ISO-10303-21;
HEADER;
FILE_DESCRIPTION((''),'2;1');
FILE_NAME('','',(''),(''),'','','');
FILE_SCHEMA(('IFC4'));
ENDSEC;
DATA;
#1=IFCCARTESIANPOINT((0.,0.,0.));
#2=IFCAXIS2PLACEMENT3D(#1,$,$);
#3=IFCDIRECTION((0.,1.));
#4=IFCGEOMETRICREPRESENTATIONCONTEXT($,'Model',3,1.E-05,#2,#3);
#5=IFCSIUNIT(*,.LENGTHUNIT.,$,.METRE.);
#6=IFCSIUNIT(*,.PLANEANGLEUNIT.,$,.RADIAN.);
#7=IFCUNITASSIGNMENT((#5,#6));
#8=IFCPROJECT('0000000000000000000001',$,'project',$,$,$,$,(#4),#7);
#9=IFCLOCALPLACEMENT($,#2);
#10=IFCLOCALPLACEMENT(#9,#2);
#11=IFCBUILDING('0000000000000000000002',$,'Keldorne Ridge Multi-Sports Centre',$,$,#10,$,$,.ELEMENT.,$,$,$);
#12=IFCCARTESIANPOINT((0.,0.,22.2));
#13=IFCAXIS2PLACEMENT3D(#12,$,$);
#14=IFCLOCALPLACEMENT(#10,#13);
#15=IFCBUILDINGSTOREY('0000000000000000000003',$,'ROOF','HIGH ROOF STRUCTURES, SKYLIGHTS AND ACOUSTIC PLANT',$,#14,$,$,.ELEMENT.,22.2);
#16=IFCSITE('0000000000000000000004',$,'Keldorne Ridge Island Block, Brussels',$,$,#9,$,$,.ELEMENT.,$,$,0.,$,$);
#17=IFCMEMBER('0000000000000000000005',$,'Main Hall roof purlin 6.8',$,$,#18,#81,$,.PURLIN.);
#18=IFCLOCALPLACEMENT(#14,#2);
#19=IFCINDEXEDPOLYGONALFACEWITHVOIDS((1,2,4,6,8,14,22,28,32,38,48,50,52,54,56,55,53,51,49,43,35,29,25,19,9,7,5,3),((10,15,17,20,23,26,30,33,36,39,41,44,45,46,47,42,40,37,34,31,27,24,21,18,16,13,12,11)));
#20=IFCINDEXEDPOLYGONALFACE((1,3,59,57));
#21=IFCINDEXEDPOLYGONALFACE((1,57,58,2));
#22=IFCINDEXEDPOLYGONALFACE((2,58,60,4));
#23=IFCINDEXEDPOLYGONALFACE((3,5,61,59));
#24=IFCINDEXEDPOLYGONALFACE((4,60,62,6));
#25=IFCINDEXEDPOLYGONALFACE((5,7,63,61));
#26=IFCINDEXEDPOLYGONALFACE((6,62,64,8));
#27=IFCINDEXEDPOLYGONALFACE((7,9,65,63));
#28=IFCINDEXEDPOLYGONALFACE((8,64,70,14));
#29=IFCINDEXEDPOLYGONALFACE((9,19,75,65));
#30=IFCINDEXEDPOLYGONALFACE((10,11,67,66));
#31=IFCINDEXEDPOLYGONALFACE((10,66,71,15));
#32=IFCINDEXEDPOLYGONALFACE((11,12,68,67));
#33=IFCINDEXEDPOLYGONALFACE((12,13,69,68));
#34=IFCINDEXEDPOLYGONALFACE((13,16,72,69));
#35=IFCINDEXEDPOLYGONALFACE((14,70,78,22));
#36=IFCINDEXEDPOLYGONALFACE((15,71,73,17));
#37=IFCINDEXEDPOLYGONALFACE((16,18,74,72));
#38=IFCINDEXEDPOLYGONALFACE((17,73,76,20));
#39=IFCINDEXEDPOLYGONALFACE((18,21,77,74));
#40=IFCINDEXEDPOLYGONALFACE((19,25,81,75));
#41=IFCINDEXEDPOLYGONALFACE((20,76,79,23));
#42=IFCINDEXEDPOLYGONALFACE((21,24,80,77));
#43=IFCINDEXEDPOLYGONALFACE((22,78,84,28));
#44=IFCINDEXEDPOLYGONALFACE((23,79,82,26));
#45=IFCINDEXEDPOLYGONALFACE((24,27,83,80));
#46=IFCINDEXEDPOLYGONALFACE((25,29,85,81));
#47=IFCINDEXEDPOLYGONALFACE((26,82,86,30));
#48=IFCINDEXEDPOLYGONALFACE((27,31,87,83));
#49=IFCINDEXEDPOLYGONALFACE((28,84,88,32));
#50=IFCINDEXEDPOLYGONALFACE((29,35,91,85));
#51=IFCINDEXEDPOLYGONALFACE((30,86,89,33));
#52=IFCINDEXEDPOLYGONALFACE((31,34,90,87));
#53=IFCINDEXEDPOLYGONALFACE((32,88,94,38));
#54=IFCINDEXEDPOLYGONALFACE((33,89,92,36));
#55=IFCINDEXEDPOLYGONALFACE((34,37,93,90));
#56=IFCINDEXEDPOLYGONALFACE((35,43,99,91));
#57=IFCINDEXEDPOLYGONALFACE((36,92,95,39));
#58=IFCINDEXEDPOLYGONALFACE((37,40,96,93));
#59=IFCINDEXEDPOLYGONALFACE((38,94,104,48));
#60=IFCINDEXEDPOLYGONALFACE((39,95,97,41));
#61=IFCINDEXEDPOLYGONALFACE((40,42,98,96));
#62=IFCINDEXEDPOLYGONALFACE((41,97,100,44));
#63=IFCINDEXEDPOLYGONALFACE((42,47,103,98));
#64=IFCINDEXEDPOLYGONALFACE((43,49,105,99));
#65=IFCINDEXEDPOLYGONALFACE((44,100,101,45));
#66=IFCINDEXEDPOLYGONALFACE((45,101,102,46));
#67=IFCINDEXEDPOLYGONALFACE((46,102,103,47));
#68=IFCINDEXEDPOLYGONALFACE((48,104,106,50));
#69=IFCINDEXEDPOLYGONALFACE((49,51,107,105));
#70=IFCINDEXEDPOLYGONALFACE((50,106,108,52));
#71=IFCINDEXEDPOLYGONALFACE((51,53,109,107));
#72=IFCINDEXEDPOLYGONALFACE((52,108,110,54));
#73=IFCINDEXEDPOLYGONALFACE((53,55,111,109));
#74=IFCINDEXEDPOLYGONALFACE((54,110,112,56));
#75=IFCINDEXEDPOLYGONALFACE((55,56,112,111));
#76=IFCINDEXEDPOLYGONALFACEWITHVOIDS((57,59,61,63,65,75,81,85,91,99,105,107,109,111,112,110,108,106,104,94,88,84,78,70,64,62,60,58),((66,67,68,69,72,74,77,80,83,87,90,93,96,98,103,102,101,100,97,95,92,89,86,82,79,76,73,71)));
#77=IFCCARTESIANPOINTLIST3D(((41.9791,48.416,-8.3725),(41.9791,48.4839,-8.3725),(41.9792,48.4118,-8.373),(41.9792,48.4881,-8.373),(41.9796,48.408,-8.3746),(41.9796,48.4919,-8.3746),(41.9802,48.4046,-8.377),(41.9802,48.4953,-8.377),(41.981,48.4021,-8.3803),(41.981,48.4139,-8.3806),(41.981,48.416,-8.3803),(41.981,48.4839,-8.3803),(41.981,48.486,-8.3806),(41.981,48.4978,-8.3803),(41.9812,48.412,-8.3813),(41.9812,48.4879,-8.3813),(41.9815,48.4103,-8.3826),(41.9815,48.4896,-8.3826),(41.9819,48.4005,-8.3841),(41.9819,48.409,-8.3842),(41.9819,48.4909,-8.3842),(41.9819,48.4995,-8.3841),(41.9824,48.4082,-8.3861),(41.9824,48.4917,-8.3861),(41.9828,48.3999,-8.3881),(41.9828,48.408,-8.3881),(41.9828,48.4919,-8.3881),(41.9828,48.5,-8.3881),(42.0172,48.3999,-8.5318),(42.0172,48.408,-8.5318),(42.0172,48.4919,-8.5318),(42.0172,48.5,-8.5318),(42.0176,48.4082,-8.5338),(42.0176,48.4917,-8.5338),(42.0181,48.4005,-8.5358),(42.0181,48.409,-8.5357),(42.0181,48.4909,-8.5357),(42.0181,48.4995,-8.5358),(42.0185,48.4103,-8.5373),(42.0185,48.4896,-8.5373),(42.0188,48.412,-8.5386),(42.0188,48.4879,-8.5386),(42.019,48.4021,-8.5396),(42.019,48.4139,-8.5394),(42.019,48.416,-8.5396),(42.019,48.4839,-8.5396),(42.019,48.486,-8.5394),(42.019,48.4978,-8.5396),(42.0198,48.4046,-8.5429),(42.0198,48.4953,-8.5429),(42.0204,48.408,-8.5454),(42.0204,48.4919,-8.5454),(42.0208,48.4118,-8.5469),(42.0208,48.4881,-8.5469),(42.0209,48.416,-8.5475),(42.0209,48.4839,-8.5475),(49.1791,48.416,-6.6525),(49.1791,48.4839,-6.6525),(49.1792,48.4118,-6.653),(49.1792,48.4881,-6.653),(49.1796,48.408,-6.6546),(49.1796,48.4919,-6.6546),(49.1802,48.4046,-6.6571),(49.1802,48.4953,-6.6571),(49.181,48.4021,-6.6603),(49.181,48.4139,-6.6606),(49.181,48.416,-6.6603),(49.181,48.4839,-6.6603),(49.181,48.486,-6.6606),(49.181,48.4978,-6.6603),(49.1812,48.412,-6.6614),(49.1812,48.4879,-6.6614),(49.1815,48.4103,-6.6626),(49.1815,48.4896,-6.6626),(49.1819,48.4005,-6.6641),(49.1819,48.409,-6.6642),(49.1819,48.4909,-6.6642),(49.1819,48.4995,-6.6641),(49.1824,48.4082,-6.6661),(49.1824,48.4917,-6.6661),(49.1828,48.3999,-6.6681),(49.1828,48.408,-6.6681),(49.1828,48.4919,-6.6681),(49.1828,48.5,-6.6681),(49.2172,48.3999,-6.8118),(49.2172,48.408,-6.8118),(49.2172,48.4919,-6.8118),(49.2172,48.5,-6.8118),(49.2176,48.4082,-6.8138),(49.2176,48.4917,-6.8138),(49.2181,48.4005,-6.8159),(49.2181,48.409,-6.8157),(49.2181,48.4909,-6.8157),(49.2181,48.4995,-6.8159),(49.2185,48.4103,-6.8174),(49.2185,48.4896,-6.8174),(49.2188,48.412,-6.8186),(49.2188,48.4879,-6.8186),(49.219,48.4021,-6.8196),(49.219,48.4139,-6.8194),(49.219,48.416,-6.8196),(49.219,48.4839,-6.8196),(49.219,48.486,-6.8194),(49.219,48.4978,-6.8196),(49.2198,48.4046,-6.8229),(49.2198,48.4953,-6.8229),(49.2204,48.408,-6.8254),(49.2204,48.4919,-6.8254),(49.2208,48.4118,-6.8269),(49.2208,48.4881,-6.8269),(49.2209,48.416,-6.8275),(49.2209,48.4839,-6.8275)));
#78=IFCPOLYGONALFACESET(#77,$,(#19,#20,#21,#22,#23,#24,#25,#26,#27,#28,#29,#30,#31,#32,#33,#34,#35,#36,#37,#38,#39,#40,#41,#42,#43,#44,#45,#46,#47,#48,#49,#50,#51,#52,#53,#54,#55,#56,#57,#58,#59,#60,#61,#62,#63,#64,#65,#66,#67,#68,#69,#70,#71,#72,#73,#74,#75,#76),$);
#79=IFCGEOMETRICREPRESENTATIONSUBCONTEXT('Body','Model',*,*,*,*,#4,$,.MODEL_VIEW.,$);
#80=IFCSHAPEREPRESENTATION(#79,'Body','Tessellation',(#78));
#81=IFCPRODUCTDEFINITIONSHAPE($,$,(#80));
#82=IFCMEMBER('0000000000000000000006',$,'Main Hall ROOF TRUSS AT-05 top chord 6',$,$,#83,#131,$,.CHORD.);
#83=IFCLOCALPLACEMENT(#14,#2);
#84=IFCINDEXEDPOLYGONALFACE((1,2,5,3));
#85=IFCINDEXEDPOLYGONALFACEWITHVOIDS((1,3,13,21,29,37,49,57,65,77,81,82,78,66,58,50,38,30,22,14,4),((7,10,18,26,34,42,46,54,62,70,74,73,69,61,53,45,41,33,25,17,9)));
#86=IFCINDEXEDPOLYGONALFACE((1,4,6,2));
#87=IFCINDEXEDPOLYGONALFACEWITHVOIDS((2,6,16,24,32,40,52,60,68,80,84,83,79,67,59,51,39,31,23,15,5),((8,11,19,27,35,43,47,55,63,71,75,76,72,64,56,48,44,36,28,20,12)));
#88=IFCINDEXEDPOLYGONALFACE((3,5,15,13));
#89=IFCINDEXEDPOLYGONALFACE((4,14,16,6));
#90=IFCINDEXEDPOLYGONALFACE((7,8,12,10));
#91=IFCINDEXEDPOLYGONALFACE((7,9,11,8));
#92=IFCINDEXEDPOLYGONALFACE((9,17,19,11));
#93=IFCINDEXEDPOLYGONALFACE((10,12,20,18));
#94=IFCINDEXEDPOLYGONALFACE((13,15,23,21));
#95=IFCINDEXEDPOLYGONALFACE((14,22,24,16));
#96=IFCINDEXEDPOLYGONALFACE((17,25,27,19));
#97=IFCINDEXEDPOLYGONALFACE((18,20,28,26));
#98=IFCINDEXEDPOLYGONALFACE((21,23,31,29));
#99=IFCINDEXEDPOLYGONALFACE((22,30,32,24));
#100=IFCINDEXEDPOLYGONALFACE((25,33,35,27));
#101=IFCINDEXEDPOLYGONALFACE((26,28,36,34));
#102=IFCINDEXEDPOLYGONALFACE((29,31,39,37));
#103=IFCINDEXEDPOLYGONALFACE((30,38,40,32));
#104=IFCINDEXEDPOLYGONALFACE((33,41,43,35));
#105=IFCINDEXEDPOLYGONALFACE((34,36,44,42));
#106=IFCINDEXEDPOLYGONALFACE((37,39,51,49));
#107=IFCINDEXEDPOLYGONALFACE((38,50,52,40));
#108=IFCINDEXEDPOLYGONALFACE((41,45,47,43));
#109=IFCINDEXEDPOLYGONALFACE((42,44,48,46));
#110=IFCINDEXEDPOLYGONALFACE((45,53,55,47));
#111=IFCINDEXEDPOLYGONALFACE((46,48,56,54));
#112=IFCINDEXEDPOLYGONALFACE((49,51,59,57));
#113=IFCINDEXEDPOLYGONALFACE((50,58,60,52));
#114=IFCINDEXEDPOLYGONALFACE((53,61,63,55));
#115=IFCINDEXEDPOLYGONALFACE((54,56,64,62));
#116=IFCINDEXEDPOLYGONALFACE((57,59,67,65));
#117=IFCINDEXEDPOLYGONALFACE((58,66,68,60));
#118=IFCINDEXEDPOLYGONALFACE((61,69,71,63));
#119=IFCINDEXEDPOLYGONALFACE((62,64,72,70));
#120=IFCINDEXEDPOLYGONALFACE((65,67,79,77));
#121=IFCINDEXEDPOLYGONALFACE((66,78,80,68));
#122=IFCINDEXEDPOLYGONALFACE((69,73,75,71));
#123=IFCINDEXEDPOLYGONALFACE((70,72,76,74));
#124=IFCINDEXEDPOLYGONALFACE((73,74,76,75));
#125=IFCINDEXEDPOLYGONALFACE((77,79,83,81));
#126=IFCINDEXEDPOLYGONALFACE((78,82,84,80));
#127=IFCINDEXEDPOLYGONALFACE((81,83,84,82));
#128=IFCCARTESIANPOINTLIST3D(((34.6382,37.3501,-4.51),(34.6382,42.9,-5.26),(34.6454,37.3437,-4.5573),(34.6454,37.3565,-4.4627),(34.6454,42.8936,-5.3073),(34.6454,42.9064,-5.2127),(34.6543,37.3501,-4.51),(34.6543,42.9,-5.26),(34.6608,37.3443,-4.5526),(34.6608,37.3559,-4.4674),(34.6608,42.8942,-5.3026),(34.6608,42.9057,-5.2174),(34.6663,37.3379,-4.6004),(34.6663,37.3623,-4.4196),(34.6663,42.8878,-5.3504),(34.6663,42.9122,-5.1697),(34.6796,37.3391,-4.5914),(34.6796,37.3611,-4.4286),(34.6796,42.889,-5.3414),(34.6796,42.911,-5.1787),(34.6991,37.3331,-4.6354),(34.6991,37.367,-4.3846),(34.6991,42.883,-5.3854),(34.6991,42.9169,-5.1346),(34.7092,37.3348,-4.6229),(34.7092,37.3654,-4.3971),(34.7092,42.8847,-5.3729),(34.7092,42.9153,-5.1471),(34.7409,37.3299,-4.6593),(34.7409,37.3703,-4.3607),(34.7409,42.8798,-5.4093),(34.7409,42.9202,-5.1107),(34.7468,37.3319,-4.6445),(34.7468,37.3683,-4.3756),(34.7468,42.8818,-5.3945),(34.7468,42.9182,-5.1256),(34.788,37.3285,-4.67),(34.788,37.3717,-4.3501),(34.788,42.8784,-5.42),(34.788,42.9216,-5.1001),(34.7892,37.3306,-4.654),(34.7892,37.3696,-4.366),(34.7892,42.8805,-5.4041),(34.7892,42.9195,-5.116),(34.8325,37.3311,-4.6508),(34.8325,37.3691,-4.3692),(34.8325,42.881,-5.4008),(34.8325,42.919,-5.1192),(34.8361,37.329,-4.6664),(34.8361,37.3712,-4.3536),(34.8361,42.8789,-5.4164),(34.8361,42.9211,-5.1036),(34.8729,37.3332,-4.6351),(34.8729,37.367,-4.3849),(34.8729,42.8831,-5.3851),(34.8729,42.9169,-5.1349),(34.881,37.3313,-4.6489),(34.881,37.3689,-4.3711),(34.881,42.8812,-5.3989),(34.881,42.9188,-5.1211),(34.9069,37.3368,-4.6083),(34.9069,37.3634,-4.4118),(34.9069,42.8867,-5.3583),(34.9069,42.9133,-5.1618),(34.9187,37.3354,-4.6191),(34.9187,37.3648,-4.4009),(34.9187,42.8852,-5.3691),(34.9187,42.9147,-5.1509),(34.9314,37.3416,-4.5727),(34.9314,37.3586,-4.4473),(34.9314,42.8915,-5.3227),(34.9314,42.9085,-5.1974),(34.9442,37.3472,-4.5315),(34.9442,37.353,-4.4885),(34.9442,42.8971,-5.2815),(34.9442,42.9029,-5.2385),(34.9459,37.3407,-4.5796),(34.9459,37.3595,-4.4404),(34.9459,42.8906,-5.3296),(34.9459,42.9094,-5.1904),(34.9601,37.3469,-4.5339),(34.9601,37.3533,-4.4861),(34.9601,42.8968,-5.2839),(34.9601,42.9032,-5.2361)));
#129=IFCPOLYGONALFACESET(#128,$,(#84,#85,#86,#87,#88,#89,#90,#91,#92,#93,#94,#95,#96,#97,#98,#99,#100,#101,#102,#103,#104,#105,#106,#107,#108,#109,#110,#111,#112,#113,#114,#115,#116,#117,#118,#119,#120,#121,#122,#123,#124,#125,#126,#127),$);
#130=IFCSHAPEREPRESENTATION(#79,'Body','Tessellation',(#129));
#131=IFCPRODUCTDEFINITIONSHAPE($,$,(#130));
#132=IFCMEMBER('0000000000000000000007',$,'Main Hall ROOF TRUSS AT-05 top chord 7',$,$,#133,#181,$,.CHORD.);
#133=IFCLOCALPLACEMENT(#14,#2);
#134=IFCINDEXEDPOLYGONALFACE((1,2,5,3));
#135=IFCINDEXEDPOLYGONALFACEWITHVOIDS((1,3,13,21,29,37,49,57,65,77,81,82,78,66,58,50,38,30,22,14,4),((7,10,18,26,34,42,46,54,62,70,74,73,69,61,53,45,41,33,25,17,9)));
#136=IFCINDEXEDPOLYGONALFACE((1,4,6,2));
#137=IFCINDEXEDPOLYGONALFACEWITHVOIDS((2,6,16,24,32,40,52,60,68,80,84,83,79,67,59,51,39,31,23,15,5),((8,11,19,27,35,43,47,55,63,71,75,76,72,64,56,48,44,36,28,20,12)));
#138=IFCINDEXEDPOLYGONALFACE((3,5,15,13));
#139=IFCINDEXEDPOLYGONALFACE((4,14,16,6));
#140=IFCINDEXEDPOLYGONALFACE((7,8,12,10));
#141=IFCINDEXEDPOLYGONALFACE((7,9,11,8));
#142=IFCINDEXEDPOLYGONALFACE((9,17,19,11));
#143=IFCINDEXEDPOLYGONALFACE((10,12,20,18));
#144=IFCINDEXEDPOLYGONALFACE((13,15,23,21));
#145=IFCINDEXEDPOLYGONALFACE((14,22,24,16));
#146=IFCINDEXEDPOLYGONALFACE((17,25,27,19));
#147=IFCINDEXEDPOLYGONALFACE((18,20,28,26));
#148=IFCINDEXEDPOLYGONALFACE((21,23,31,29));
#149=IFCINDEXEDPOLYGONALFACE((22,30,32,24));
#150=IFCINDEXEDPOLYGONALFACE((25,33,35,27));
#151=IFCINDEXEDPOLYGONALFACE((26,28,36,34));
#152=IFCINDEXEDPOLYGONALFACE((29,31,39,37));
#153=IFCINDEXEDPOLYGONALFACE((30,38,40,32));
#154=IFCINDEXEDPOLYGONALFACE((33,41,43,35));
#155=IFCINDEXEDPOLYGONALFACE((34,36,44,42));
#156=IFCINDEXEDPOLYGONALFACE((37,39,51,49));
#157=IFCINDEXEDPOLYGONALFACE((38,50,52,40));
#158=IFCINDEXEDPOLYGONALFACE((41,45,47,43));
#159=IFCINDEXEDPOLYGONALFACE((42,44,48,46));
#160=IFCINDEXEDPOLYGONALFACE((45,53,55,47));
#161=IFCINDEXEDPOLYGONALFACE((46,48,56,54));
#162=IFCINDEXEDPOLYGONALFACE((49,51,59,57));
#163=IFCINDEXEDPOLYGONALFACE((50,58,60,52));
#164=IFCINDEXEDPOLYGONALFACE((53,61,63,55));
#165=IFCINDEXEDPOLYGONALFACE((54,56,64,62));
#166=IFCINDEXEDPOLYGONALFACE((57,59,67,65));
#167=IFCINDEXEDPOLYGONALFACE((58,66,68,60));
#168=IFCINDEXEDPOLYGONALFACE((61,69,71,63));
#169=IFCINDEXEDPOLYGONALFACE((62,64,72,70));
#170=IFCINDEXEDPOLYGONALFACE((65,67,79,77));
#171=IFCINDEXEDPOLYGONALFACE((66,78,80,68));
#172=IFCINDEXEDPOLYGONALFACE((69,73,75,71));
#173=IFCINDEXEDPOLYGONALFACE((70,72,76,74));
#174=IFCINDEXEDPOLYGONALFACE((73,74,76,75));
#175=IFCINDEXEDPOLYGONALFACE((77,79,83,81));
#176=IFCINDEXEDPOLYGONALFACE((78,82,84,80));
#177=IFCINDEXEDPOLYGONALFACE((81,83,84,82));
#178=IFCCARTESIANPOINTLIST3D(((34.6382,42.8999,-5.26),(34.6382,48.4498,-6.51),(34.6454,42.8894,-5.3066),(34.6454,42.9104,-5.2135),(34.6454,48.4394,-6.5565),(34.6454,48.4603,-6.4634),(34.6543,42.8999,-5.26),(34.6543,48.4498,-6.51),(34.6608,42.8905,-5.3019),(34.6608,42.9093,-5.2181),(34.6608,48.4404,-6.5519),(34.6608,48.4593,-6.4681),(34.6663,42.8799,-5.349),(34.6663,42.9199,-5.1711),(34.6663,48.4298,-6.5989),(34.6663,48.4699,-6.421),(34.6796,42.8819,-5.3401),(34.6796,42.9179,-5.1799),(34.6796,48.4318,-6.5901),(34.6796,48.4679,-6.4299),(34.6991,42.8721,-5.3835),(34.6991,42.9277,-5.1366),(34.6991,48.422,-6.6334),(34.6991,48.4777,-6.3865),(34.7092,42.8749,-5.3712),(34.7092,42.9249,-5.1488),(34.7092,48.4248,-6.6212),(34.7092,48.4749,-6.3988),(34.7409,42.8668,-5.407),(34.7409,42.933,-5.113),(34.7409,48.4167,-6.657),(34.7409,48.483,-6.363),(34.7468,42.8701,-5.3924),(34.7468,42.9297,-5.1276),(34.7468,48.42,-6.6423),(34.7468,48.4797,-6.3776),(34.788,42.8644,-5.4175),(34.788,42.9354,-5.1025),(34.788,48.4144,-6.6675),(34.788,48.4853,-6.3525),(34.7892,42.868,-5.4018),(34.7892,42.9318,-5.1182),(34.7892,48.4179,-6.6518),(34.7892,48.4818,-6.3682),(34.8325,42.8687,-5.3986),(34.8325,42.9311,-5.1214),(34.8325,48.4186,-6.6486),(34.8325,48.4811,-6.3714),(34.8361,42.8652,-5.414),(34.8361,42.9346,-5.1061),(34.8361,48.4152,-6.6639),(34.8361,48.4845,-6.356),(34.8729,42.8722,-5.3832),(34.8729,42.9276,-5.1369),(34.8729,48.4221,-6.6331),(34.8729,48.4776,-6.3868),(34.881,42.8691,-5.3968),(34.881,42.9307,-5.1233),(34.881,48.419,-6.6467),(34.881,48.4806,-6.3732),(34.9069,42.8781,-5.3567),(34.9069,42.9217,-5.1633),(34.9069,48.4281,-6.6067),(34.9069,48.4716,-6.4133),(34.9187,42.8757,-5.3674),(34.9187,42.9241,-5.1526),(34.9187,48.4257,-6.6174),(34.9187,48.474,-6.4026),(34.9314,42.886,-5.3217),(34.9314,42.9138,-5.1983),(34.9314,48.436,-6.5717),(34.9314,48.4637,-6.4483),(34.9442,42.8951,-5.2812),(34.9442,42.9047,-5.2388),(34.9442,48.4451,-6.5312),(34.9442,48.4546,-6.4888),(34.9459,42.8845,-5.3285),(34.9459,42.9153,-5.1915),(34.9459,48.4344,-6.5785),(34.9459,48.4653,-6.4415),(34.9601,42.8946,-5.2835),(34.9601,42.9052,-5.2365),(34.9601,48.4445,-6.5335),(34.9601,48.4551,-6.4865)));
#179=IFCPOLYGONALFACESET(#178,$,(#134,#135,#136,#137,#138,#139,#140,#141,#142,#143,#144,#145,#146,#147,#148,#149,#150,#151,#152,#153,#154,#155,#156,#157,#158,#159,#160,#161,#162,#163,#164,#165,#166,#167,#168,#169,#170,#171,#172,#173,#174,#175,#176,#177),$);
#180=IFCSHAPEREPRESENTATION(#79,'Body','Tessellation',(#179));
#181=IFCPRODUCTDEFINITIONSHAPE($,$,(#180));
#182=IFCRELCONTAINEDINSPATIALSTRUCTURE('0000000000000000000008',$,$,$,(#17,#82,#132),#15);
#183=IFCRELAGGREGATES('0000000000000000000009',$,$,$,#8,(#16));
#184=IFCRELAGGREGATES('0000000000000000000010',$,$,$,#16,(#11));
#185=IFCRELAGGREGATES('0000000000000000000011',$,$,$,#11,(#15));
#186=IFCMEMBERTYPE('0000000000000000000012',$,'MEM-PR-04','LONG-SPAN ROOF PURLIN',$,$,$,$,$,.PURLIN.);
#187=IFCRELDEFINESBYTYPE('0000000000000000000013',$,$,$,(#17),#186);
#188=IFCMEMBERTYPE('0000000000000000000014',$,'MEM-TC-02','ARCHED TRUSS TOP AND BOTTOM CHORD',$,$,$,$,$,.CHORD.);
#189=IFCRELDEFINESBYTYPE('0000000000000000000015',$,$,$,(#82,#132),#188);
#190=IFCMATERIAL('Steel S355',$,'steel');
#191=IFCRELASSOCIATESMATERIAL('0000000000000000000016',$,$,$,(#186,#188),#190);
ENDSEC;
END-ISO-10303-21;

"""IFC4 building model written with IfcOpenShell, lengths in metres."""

from ifc_helpers import new_model, si_unit, direction, frame, origin, origin_2d, place, context, subcontext, project, spatial, hollow_rectangle, hollow_circle, extrude, material, material_profile, profile_set, type_object, element, save


model = new_model("IFC4")

# Units and contexts
model_context = context("Model", 3, precision=1e-05, world=origin(), true_north=direction((0.0, 1.0)))
body_context = subcontext(model_context, "Body", "Model", "MODEL_VIEW")
ifc_project = project(units=[si_unit("LENGTHUNIT", "METRE"), si_unit("PLANEANGLEUNIT", "RADIAN")], contexts=[model_context])

# Site, building, storey
site_placement = place(None, origin())
site = spatial("IfcSite", under=ifc_project, at=site_placement, Name="Keldorne Ridge Island Block, Brussels", CompositionType="ELEMENT", RefElevation=0.0)
building_placement = place(site_placement, origin())
building = spatial("IfcBuilding", under=site, at=building_placement, Name="Keldorne Ridge Multi-Sports Centre", CompositionType="ELEMENT")
storey_placement = place(building_placement, frame((0.0, 0.0, 22.2)))
storey = spatial("IfcBuildingStorey", under=building, at=storey_placement, Name="ROOF", Description="HIGH ROOF STRUCTURES, SKYLIGHTS AND ACOUSTIC PLANT", CompositionType="ELEMENT", Elevation=22.2)

# Members
ifc_material = material(Name="Steel S355", Category="steel")
ifc_material_profile_1 = material_profile(ifc_material, hollow_rectangle(XDim=0.1001, YDim=0.1799, WallThickness=0.0081, InnerFilletRadius=0.0081, OuterFilletRadius=0.0161, at=origin_2d()), Name="RHS 180x100x8")
ifc_profile_set_1 = profile_set([ifc_material_profile_1], Name="Steel S355")
member_type_1 = type_object("IfcMemberType", Name="MEM-PR-04", Description="LONG-SPAN ROOF PURLIN", PredefinedType="PURLIN", material=ifc_profile_set_1)
for number, where, z_axis, x_axis, name in (
    (1, (42.0, 48.45, -8.46), (0.972633, 0.0, 0.232349), (0.0, 1.0, 0.0), "Main Hall roof purlin 6.8"),
):
    element("IfcMember", number, at=place(storey_placement, frame(where, z_axis=z_axis, x_axis=x_axis)), inside=storey, type_object=member_type_1, Name=name, PredefinedType="PURLIN", context=body_context, shape_type="SweptSolid", body=[
        extrude(hollow_rectangle(XDim=0.1001, YDim=0.1799, WallThickness=0.0081, InnerFilletRadius=0.0081, OuterFilletRadius=0.0161, at=origin_2d()), origin(), (0.0, 0.0, 1.0), 7.4026),
    ])
ifc_material_profile_2 = material_profile(ifc_material, hollow_circle(Radius=0.1619, WallThickness=0.0161, at=origin_2d()), Name="CHS 323.9x16")
ifc_profile_set_2 = profile_set([ifc_material_profile_2], Name="Steel S355")
member_type_2 = type_object("IfcMemberType", Name="MEM-TC-02", Description="ARCHED TRUSS TOP AND BOTTOM CHORD", PredefinedType="CHORD", material=ifc_profile_set_2)
member_1_placement = place(storey_placement, frame((34.8, 37.3501, -4.51), z_axis=(0.0, 0.990992, -0.133923), x_axis=(-1.0, 0.0, 0.0)))
element("IfcMember", 2, at=member_1_placement, inside=storey, type_object=member_type_2, Name="Main Hall ROOF TRUSS AT-05 top chord 6", PredefinedType="CHORD", context=body_context, shape_type="SweptSolid", body=[
    extrude(hollow_circle(Radius=0.1619, WallThickness=0.0161, at=origin_2d()), origin(), (0.0, 0.0, 1.0), 5.6003),
])
member_2_placement = place(storey_placement, frame((34.8, 42.8999, -5.26), z_axis=(0.0, 0.975563, -0.219719), x_axis=(-1.0, 0.0, 0.0)))
element("IfcMember", 3, at=member_2_placement, inside=storey, type_object=member_type_2, Name="Main Hall ROOF TRUSS AT-05 top chord 7", PredefinedType="CHORD", context=body_context, shape_type="SweptSolid", body=[
    extrude(hollow_circle(Radius=0.1619, WallThickness=0.0161, at=origin_2d()), origin(), (0.0, 0.0, 1.0), 5.689),
])

save(model, "model.ifc")
